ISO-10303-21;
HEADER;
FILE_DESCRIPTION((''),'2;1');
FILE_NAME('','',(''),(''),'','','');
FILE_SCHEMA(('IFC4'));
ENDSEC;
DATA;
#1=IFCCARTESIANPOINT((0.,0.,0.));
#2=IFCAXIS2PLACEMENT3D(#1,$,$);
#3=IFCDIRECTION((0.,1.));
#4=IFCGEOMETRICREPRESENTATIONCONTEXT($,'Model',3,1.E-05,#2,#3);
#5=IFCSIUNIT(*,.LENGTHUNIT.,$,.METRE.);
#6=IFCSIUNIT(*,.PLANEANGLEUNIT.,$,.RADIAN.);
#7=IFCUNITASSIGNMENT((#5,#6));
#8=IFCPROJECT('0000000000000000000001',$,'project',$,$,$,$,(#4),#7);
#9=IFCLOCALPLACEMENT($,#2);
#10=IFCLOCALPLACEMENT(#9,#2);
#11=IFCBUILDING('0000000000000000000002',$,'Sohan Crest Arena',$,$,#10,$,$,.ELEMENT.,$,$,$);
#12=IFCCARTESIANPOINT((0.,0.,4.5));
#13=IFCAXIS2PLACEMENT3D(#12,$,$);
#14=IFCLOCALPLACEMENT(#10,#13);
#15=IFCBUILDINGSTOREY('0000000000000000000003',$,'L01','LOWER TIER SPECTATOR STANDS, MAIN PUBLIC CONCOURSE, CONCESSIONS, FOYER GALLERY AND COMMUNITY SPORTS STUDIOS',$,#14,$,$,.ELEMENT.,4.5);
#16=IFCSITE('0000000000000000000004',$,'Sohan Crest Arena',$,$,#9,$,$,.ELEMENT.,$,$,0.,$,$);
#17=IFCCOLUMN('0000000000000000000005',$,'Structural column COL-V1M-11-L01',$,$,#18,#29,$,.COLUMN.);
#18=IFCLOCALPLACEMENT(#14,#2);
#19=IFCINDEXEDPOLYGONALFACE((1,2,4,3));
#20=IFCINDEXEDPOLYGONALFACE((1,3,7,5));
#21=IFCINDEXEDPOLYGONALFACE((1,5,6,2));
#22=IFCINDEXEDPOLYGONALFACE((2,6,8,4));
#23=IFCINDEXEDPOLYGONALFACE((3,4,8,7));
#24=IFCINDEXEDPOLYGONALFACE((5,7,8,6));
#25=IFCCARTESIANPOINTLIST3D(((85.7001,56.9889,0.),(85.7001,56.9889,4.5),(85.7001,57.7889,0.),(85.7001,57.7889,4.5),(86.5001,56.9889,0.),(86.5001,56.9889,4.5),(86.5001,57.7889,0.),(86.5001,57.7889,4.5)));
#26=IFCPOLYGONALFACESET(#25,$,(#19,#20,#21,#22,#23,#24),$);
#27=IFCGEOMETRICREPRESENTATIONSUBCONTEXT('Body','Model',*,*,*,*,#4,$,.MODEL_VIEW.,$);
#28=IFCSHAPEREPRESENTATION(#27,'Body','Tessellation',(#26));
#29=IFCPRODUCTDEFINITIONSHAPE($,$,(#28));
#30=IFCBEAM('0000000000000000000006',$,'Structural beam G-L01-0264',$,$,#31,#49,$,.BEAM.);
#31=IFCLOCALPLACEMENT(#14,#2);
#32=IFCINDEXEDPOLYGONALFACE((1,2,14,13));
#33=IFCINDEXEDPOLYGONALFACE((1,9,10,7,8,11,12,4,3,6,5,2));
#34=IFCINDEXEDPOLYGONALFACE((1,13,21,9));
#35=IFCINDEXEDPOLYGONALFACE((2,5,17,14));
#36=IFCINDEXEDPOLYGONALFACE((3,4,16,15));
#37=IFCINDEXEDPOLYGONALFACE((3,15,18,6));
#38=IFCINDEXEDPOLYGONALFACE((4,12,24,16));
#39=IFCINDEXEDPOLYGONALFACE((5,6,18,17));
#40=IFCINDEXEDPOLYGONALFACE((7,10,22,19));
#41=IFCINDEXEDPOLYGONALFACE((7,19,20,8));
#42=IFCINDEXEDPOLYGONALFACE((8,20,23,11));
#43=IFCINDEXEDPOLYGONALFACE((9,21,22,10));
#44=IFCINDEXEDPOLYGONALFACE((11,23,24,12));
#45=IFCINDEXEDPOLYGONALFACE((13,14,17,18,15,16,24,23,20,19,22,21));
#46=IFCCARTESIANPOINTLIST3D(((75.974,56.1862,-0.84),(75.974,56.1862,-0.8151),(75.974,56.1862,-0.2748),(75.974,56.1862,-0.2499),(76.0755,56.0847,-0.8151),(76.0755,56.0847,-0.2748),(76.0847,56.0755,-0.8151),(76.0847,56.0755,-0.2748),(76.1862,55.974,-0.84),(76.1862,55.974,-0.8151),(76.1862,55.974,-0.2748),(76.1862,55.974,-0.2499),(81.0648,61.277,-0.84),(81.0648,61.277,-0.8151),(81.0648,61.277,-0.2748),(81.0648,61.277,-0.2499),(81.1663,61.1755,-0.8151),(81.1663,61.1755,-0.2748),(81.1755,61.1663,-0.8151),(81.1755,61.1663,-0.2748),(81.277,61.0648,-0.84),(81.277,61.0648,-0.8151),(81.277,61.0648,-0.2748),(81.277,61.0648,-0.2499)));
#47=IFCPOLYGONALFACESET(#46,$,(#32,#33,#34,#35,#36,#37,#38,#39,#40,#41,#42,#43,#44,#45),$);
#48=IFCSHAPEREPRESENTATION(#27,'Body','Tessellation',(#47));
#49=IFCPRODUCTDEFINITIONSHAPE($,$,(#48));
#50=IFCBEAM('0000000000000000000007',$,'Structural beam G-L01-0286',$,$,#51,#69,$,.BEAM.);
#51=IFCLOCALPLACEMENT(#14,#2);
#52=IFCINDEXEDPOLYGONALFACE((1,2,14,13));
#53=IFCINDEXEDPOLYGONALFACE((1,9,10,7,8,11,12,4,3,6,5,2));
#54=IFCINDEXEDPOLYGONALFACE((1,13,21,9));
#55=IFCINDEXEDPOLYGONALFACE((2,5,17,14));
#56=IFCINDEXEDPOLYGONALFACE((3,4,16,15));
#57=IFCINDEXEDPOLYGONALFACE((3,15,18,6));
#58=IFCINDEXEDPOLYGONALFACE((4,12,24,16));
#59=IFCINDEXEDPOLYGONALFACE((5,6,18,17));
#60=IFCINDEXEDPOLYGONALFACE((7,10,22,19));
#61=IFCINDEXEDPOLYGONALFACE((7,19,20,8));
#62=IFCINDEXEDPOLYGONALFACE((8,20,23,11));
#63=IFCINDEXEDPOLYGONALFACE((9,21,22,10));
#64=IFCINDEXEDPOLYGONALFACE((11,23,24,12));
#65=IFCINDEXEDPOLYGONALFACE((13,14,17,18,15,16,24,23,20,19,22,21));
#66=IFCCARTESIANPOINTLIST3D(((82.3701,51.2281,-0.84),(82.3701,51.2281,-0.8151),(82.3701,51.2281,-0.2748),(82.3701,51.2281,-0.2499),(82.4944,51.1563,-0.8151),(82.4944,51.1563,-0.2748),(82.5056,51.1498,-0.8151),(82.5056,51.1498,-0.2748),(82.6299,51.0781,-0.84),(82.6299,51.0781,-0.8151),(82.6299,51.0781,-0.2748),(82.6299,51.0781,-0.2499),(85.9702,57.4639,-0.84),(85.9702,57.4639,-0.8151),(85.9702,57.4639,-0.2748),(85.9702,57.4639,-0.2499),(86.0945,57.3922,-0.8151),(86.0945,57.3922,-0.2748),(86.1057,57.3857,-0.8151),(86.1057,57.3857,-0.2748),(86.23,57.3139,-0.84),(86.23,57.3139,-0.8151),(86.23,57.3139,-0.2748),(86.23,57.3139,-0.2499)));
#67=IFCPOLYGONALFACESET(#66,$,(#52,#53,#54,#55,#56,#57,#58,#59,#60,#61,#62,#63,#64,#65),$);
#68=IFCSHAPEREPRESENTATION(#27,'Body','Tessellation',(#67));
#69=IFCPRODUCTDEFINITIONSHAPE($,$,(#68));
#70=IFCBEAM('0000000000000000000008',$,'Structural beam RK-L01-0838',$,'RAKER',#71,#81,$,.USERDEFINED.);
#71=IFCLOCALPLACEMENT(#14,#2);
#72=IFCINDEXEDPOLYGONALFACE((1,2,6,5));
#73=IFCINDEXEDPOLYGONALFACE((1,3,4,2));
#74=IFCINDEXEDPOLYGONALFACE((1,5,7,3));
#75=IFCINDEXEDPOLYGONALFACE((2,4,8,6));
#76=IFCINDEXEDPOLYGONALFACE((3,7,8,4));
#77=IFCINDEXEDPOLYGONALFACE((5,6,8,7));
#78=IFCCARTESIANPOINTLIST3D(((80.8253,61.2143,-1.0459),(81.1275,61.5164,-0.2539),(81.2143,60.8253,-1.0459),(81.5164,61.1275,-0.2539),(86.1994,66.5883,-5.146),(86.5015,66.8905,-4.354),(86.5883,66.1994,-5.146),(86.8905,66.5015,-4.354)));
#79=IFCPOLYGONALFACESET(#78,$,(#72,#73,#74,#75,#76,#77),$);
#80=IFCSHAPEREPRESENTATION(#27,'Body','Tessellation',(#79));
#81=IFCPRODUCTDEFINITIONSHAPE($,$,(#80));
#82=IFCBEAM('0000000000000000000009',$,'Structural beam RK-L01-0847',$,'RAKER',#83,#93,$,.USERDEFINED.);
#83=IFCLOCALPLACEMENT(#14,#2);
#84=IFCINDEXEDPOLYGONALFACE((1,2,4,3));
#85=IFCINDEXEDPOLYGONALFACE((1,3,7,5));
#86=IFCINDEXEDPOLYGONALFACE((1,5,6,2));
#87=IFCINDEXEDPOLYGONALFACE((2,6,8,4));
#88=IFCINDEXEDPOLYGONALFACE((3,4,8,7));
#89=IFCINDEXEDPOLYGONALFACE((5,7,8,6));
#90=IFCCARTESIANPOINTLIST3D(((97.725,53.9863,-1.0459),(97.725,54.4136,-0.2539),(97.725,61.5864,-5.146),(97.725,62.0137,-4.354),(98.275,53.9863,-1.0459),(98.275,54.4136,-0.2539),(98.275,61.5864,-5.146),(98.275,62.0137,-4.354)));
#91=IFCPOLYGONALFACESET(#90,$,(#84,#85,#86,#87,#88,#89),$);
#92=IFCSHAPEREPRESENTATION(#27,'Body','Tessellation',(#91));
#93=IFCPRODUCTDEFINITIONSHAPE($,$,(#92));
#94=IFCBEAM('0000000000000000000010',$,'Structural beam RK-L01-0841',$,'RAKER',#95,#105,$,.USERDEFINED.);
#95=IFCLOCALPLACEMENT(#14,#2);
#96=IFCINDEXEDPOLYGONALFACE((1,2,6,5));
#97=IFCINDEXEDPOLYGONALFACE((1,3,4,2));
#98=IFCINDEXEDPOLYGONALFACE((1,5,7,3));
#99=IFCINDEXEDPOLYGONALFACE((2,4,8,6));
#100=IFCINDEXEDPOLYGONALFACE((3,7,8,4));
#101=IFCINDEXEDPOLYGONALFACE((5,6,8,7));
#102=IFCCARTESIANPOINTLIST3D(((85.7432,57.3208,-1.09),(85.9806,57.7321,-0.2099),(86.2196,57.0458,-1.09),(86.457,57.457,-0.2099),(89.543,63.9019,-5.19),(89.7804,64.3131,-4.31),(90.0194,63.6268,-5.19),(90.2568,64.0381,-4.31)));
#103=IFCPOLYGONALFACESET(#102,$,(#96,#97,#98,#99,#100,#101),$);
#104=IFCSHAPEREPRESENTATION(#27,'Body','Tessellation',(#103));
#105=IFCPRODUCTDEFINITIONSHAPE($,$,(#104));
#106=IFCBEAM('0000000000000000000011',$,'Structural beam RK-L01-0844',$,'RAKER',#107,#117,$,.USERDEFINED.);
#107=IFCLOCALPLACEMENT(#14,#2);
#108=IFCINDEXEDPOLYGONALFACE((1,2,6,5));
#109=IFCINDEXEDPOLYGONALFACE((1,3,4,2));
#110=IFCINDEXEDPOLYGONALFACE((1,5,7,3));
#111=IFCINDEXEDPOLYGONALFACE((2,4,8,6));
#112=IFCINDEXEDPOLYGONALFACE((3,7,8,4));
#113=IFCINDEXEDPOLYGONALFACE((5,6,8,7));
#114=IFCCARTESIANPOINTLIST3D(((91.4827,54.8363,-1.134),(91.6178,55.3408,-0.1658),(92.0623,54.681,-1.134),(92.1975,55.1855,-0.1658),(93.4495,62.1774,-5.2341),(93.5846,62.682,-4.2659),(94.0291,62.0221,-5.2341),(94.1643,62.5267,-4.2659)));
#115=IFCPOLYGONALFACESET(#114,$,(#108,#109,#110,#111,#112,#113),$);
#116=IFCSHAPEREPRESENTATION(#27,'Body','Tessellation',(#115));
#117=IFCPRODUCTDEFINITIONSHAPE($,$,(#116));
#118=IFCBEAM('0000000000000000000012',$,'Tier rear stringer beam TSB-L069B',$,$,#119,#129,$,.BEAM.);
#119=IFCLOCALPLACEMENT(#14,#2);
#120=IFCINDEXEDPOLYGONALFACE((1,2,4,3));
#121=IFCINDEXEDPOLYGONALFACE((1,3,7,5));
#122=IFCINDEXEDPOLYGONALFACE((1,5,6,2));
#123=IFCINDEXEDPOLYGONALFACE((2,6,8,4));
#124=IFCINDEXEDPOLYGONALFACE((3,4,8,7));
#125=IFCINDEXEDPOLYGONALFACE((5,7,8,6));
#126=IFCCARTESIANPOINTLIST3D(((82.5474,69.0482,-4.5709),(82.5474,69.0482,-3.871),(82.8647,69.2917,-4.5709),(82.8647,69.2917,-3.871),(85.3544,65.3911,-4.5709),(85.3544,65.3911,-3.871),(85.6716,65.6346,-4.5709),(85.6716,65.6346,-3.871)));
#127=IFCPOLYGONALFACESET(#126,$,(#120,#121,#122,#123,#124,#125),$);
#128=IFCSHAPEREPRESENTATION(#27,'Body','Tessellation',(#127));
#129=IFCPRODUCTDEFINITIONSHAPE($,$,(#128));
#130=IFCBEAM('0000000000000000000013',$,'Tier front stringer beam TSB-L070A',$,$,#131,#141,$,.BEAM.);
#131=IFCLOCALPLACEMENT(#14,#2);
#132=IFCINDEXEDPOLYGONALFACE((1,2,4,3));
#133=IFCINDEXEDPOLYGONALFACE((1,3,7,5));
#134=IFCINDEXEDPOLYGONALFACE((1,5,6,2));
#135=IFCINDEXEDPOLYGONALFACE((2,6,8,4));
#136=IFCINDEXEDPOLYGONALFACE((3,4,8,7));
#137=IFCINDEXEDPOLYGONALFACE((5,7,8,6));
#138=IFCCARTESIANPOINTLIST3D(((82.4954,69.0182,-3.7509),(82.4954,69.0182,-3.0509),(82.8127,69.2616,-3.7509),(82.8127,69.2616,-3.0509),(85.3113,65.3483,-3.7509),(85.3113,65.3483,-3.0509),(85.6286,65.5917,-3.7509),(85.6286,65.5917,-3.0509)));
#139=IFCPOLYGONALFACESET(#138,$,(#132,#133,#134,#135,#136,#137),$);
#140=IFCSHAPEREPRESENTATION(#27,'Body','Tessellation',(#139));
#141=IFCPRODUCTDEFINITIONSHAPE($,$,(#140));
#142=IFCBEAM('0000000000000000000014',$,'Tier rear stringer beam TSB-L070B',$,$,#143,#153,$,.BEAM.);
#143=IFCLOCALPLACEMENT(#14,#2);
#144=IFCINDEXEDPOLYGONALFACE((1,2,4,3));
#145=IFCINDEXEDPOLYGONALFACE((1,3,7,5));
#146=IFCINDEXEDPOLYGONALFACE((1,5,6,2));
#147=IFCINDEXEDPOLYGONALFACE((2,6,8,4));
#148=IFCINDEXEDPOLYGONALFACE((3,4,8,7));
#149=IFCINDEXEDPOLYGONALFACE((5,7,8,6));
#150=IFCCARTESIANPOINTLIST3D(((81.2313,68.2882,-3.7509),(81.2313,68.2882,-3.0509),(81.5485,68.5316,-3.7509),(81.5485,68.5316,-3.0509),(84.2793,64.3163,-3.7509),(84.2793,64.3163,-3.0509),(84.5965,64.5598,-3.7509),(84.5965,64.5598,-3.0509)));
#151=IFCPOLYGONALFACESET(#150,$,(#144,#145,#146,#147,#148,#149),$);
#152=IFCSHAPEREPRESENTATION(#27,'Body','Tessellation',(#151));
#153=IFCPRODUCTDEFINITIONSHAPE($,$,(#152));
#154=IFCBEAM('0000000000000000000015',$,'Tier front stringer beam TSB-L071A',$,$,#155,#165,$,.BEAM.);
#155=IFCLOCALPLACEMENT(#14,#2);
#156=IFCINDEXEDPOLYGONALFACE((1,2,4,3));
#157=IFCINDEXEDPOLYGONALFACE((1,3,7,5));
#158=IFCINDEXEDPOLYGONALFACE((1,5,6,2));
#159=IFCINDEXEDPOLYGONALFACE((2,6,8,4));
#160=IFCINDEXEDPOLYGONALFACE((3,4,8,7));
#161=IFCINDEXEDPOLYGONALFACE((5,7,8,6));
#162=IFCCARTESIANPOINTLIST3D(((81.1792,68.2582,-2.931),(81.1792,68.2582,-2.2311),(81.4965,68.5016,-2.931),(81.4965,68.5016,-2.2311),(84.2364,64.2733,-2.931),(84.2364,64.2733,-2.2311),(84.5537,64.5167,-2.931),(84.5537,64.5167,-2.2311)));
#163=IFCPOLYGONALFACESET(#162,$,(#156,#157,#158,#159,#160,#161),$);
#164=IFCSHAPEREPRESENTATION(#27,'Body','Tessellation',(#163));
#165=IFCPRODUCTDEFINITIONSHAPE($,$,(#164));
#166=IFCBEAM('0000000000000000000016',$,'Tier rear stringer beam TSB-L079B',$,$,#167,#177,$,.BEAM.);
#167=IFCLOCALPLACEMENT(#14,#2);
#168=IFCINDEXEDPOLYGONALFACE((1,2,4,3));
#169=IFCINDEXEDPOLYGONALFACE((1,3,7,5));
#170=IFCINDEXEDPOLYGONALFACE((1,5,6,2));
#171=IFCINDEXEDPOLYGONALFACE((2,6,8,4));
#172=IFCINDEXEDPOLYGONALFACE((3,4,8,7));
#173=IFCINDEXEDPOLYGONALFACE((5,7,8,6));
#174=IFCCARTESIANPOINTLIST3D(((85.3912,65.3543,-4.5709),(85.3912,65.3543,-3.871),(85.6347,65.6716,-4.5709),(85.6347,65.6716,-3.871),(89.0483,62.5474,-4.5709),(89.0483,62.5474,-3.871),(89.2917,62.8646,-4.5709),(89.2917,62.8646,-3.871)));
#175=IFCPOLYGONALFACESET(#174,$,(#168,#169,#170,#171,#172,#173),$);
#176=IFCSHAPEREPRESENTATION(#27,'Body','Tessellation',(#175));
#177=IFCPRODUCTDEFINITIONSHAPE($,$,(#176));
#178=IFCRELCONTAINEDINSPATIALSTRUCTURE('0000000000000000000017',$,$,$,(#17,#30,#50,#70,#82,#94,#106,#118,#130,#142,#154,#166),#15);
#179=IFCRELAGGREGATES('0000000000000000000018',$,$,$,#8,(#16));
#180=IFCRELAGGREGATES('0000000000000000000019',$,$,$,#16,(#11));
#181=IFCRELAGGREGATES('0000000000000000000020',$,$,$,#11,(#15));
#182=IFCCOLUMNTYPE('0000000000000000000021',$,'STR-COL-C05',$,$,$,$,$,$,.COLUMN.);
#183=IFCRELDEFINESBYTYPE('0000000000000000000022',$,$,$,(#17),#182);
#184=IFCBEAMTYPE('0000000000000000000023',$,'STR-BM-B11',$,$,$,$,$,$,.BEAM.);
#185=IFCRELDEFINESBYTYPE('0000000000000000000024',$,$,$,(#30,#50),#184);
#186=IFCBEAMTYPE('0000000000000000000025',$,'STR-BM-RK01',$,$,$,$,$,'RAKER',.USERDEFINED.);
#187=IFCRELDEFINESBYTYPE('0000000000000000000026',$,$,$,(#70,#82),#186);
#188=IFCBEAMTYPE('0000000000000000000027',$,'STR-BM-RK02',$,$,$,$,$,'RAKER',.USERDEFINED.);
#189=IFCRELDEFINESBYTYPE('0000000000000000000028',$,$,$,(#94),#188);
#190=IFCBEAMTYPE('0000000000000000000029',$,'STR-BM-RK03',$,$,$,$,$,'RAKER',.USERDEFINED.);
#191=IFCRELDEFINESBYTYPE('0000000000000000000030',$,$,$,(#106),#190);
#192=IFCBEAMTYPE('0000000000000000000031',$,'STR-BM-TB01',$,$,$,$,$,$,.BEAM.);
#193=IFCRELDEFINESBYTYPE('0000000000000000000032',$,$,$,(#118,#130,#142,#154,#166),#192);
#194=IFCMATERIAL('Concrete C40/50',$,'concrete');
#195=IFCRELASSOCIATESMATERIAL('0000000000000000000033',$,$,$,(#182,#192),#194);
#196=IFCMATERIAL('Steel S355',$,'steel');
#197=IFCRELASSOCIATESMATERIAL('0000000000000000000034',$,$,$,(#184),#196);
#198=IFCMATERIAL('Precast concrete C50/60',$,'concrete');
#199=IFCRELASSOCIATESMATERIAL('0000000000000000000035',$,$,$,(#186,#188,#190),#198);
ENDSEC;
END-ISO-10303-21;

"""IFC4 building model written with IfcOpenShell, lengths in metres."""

from ifc_helpers import new_model, si_unit, direction, frame, origin, origin_2d, place, context, subcontext, project, spatial, rectangle, i_section, extrude, material, material_profile, profile_set, type_object, element, save


model = new_model("IFC4")

# Units and contexts
model_context = context("Model", 3, precision=1e-05, world=origin(), true_north=direction((0.0, 1.0)))
body_context = subcontext(model_context, "Body", "Model", "MODEL_VIEW")
ifc_project = project(units=[si_unit("LENGTHUNIT", "METRE"), si_unit("PLANEANGLEUNIT", "RADIAN")], contexts=[model_context])

# Site, building, storey
site_placement = place(None, origin())
site = spatial("IfcSite", under=ifc_project, at=site_placement, Name="Sohan Crest Arena", CompositionType="ELEMENT", RefElevation=0.0)
building_placement = place(site_placement, origin())
building = spatial("IfcBuilding", under=site, at=building_placement, Name="Sohan Crest Arena", CompositionType="ELEMENT")
storey_placement = place(building_placement, frame((0.0, 0.0, 4.5)))
storey = spatial("IfcBuildingStorey", under=building, at=storey_placement, Name="L01", Description="LOWER TIER SPECTATOR STANDS, MAIN PUBLIC CONCOURSE, CONCESSIONS, FOYER GALLERY AND COMMUNITY SPORTS STUDIOS", CompositionType="ELEMENT", Elevation=4.5)

# Column
ifc_material_1 = material(Name="Concrete C40/50", Category="concrete")
ifc_material_profile_1 = material_profile(ifc_material_1, rectangle(XDim=0.8, YDim=0.8, at=origin_2d()), Name="RC 800x800")
ifc_profile_set_1 = profile_set([ifc_material_profile_1], Name="Concrete C40/50")
column_type = type_object("IfcColumnType", Name="STR-COL-C05", PredefinedType="COLUMN", material=ifc_profile_set_1)
column_placement = place(storey_placement, frame((86.1001, 57.3889, 0.0), z_axis=(0.0, 0.0, 1.0), x_axis=(1.0, 0.0, 0.0)))
element("IfcColumn", 1, at=column_placement, inside=storey, type_object=column_type, Name="Structural column COL-V1M-11-L01", PredefinedType="COLUMN", context=body_context, shape_type="SweptSolid", body=[
    extrude(rectangle(XDim=0.8, YDim=0.8, at=origin_2d()), origin(), (0.0, 0.0, 1.0), 4.5),
])

# Beams
ifc_material_2 = material(Name="Steel S355", Category="steel")
ifc_material_profile_2 = material_profile(ifc_material_2, i_section(OverallWidth=0.3, OverallDepth=0.5901, WebThickness=0.0129, FlangeThickness=0.0249, at=origin_2d()), Name="HEA 600")
ifc_profile_set_2 = profile_set([ifc_material_profile_2], Name="Steel S355")
beam_type_1 = type_object("IfcBeamType", Name="STR-BM-B11", PredefinedType="BEAM", material=ifc_profile_set_2)
beam_1_placement = place(storey_placement, frame((81.1709, 61.1709, -0.5449), z_axis=(-0.707107, -0.707107, 0.0), x_axis=(0.707107, -0.707107, 0.0)))
element("IfcBeam", 2, at=beam_1_placement, inside=storey, type_object=beam_type_1, Name="Structural beam G-L01-0264", PredefinedType="BEAM", context=body_context, shape_type="SweptSolid", body=[
    extrude(i_section(OverallWidth=0.3, OverallDepth=0.5901, WebThickness=0.0129, FlangeThickness=0.0249, at=origin_2d()), origin(), (0.0, 0.0, 1.0), 7.1995),
])
beam_2_placement = place(storey_placement, frame((86.1001, 57.3889, -0.5449), z_axis=(-0.499983, -0.866035, 0.0), x_axis=(0.866035, -0.499983, 0.0)))
element("IfcBeam", 3, at=beam_2_placement, inside=storey, type_object=beam_type_1, Name="Structural beam G-L01-0286", PredefinedType="BEAM", context=body_context, shape_type="SweptSolid", body=[
    extrude(i_section(OverallWidth=0.3, OverallDepth=0.5901, WebThickness=0.0129, FlangeThickness=0.0249, at=origin_2d()), origin(), (0.0, 0.0, 1.0), 7.2004),
])
ifc_material_3 = material(Name="Precast concrete C50/60", Category="concrete")
ifc_material_profile_3 = material_profile(ifc_material_3, rectangle(XDim=0.55, YDim=0.8999, at=origin_2d()), Name="RAKER 550x900")
ifc_profile_set_3 = profile_set([ifc_material_profile_3], Name="Precast concrete C50/60")
beam_type_2 = type_object("IfcBeamType", Name="STR-BM-RK01", ElementType="RAKER", PredefinedType="USERDEFINED", material=ifc_profile_set_3)
for number, where, z_axis, x_axis, name in (
    (4, (86.5449, 66.5449, -4.75), (-0.622321, -0.622321, 0.474798), (0.707107, -0.707107, 0.0), "Structural beam RK-L01-0838"),
    (5, (98.0, 61.8, -4.75), (0.0, -0.880097, 0.474794), (1.0, 0.0, 0.0), "Structural beam RK-L01-0847"),
):
    element("IfcBeam", number, at=place(storey_placement, frame(where, z_axis=z_axis, x_axis=x_axis)), inside=storey, type_object=beam_type_2, Name=name, ObjectType="RAKER", PredefinedType="USERDEFINED", context=body_context, shape_type="SweptSolid", body=[
        extrude(rectangle(XDim=0.55, YDim=0.8999, at=origin_2d()), origin(), (0.0, 0.0, 1.0), 8.6355),
    ])
ifc_material_profile_4 = material_profile(ifc_material_3, rectangle(XDim=0.55, YDim=1.0, at=origin_2d()), Name="RAKER 550x1000")
ifc_profile_set_4 = profile_set([ifc_material_profile_4], Name="Precast concrete C50/60")
beam_type_3 = type_object("IfcBeamType", Name="STR-BM-RK02", ElementType="RAKER", PredefinedType="USERDEFINED", material=ifc_profile_set_4)
beam_3_placement = place(storey_placement, frame((89.8999, 63.97, -4.75), z_axis=(-0.440058, -0.762156, 0.474835), x_axis=(0.866012, -0.500023, 0.0)))
element("IfcBeam", 6, at=beam_3_placement, inside=storey, type_object=beam_type_3, Name="Structural beam RK-L01-0841", ObjectType="RAKER", PredefinedType="USERDEFINED", context=body_context, shape_type="SweptSolid", body=[
    extrude(rectangle(XDim=0.55, YDim=1.0, at=origin_2d()), origin(), (0.0, 0.0, 1.0), 8.6348),
])
ifc_material_profile_5 = material_profile(ifc_material_3, rectangle(XDim=0.6001, YDim=1.1001, at=origin_2d()), Name="RAKER 600x1100")
ifc_profile_set_5 = profile_set([ifc_material_profile_5], Name="Precast concrete C50/60")
beam_type_4 = type_object("IfcBeamType", Name="STR-BM-RK03", ElementType="RAKER", PredefinedType="USERDEFINED", material=ifc_profile_set_5)
beam_4_placement = place(storey_placement, frame((93.8069, 62.3521, -4.75), z_axis=(-0.22776, -0.850112, 0.474801), x_axis=(0.965934, -0.25879, 0.0)))
element("IfcBeam", 7, at=beam_4_placement, inside=storey, type_object=beam_type_4, Name="Structural beam RK-L01-0844", ObjectType="RAKER", PredefinedType="USERDEFINED", context=body_context, shape_type="SweptSolid", body=[
    extrude(rectangle(XDim=0.6001, YDim=1.1001, at=origin_2d()), origin(), (0.0, 0.0, 1.0), 8.6355),
])
ifc_material_profile_6 = material_profile(ifc_material_1, rectangle(XDim=0.3999, YDim=0.7, at=origin_2d()), Name="RC-BM 400x700")
ifc_profile_set_6 = profile_set([ifc_material_profile_6], Name="Concrete C40/50")
beam_type_5 = type_object("IfcBeamType", Name="STR-BM-TB01", PredefinedType="BEAM", material=ifc_profile_set_6)
beam_5_placement = place(storey_placement, frame((82.7061, 69.1699, -4.2209), z_axis=(0.608868, -0.793271, 0.0), x_axis=(0.793271, 0.608868, 0.0)))
element("IfcBeam", 8, at=beam_5_placement, inside=storey, type_object=beam_type_5, Name="Tier rear stringer beam TSB-L069B", PredefinedType="BEAM", context=body_context, shape_type="SweptSolid", body=[
    extrude(rectangle(XDim=0.3999, YDim=0.7, at=origin_2d()), origin(), (0.0, 0.0, 1.0), 4.6101),
])
beam_6_placement = place(storey_placement, frame((82.6541, 69.1399, -3.4009), z_axis=(0.608746, -0.793365, 0.0), x_axis=(0.793365, 0.608746, 0.0)))
element("IfcBeam", 9, at=beam_6_placement, inside=storey, type_object=beam_type_5, Name="Tier front stringer beam TSB-L070A", PredefinedType="BEAM", context=body_context, shape_type="SweptSolid", body=[
    extrude(rectangle(XDim=0.3999, YDim=0.7, at=origin_2d()), origin(), (0.0, 0.0, 1.0), 4.6257),
])
beam_7_placement = place(storey_placement, frame((81.3899, 68.4099, -3.4009), z_axis=(0.608803, -0.793321, 0.0), x_axis=(0.793321, 0.608803, 0.0)))
element("IfcBeam", 10, at=beam_7_placement, inside=storey, type_object=beam_type_5, Name="Tier rear stringer beam TSB-L070B", PredefinedType="BEAM", context=body_context, shape_type="SweptSolid", body=[
    extrude(rectangle(XDim=0.3999, YDim=0.7, at=origin_2d()), origin(), (0.0, 0.0, 1.0), 5.0066),
])
beam_8_placement = place(storey_placement, frame((81.3379, 68.3799, -2.5811), z_axis=(0.608691, -0.793408, 0.0), x_axis=(0.793408, 0.608691, 0.0)))
element("IfcBeam", 11, at=beam_8_placement, inside=storey, type_object=beam_type_5, Name="Tier front stringer beam TSB-L071A", PredefinedType="BEAM", context=body_context, shape_type="SweptSolid", body=[
    extrude(rectangle(XDim=0.3999, YDim=0.7, at=origin_2d()), origin(), (0.0, 0.0, 1.0), 5.0225),
])
beam_9_placement = place(storey_placement, frame((85.5129, 65.5129, -4.2209), z_axis=(0.793271, -0.608868, 0.0), x_axis=(0.608868, 0.793271, 0.0)))
element("IfcBeam", 12, at=beam_9_placement, inside=storey, type_object=beam_type_5, Name="Tier rear stringer beam TSB-L079B", PredefinedType="BEAM", context=body_context, shape_type="SweptSolid", body=[
    extrude(rectangle(XDim=0.3999, YDim=0.7, at=origin_2d()), origin(), (0.0, 0.0, 1.0), 4.6101),
])

save(model, "model.ifc")
